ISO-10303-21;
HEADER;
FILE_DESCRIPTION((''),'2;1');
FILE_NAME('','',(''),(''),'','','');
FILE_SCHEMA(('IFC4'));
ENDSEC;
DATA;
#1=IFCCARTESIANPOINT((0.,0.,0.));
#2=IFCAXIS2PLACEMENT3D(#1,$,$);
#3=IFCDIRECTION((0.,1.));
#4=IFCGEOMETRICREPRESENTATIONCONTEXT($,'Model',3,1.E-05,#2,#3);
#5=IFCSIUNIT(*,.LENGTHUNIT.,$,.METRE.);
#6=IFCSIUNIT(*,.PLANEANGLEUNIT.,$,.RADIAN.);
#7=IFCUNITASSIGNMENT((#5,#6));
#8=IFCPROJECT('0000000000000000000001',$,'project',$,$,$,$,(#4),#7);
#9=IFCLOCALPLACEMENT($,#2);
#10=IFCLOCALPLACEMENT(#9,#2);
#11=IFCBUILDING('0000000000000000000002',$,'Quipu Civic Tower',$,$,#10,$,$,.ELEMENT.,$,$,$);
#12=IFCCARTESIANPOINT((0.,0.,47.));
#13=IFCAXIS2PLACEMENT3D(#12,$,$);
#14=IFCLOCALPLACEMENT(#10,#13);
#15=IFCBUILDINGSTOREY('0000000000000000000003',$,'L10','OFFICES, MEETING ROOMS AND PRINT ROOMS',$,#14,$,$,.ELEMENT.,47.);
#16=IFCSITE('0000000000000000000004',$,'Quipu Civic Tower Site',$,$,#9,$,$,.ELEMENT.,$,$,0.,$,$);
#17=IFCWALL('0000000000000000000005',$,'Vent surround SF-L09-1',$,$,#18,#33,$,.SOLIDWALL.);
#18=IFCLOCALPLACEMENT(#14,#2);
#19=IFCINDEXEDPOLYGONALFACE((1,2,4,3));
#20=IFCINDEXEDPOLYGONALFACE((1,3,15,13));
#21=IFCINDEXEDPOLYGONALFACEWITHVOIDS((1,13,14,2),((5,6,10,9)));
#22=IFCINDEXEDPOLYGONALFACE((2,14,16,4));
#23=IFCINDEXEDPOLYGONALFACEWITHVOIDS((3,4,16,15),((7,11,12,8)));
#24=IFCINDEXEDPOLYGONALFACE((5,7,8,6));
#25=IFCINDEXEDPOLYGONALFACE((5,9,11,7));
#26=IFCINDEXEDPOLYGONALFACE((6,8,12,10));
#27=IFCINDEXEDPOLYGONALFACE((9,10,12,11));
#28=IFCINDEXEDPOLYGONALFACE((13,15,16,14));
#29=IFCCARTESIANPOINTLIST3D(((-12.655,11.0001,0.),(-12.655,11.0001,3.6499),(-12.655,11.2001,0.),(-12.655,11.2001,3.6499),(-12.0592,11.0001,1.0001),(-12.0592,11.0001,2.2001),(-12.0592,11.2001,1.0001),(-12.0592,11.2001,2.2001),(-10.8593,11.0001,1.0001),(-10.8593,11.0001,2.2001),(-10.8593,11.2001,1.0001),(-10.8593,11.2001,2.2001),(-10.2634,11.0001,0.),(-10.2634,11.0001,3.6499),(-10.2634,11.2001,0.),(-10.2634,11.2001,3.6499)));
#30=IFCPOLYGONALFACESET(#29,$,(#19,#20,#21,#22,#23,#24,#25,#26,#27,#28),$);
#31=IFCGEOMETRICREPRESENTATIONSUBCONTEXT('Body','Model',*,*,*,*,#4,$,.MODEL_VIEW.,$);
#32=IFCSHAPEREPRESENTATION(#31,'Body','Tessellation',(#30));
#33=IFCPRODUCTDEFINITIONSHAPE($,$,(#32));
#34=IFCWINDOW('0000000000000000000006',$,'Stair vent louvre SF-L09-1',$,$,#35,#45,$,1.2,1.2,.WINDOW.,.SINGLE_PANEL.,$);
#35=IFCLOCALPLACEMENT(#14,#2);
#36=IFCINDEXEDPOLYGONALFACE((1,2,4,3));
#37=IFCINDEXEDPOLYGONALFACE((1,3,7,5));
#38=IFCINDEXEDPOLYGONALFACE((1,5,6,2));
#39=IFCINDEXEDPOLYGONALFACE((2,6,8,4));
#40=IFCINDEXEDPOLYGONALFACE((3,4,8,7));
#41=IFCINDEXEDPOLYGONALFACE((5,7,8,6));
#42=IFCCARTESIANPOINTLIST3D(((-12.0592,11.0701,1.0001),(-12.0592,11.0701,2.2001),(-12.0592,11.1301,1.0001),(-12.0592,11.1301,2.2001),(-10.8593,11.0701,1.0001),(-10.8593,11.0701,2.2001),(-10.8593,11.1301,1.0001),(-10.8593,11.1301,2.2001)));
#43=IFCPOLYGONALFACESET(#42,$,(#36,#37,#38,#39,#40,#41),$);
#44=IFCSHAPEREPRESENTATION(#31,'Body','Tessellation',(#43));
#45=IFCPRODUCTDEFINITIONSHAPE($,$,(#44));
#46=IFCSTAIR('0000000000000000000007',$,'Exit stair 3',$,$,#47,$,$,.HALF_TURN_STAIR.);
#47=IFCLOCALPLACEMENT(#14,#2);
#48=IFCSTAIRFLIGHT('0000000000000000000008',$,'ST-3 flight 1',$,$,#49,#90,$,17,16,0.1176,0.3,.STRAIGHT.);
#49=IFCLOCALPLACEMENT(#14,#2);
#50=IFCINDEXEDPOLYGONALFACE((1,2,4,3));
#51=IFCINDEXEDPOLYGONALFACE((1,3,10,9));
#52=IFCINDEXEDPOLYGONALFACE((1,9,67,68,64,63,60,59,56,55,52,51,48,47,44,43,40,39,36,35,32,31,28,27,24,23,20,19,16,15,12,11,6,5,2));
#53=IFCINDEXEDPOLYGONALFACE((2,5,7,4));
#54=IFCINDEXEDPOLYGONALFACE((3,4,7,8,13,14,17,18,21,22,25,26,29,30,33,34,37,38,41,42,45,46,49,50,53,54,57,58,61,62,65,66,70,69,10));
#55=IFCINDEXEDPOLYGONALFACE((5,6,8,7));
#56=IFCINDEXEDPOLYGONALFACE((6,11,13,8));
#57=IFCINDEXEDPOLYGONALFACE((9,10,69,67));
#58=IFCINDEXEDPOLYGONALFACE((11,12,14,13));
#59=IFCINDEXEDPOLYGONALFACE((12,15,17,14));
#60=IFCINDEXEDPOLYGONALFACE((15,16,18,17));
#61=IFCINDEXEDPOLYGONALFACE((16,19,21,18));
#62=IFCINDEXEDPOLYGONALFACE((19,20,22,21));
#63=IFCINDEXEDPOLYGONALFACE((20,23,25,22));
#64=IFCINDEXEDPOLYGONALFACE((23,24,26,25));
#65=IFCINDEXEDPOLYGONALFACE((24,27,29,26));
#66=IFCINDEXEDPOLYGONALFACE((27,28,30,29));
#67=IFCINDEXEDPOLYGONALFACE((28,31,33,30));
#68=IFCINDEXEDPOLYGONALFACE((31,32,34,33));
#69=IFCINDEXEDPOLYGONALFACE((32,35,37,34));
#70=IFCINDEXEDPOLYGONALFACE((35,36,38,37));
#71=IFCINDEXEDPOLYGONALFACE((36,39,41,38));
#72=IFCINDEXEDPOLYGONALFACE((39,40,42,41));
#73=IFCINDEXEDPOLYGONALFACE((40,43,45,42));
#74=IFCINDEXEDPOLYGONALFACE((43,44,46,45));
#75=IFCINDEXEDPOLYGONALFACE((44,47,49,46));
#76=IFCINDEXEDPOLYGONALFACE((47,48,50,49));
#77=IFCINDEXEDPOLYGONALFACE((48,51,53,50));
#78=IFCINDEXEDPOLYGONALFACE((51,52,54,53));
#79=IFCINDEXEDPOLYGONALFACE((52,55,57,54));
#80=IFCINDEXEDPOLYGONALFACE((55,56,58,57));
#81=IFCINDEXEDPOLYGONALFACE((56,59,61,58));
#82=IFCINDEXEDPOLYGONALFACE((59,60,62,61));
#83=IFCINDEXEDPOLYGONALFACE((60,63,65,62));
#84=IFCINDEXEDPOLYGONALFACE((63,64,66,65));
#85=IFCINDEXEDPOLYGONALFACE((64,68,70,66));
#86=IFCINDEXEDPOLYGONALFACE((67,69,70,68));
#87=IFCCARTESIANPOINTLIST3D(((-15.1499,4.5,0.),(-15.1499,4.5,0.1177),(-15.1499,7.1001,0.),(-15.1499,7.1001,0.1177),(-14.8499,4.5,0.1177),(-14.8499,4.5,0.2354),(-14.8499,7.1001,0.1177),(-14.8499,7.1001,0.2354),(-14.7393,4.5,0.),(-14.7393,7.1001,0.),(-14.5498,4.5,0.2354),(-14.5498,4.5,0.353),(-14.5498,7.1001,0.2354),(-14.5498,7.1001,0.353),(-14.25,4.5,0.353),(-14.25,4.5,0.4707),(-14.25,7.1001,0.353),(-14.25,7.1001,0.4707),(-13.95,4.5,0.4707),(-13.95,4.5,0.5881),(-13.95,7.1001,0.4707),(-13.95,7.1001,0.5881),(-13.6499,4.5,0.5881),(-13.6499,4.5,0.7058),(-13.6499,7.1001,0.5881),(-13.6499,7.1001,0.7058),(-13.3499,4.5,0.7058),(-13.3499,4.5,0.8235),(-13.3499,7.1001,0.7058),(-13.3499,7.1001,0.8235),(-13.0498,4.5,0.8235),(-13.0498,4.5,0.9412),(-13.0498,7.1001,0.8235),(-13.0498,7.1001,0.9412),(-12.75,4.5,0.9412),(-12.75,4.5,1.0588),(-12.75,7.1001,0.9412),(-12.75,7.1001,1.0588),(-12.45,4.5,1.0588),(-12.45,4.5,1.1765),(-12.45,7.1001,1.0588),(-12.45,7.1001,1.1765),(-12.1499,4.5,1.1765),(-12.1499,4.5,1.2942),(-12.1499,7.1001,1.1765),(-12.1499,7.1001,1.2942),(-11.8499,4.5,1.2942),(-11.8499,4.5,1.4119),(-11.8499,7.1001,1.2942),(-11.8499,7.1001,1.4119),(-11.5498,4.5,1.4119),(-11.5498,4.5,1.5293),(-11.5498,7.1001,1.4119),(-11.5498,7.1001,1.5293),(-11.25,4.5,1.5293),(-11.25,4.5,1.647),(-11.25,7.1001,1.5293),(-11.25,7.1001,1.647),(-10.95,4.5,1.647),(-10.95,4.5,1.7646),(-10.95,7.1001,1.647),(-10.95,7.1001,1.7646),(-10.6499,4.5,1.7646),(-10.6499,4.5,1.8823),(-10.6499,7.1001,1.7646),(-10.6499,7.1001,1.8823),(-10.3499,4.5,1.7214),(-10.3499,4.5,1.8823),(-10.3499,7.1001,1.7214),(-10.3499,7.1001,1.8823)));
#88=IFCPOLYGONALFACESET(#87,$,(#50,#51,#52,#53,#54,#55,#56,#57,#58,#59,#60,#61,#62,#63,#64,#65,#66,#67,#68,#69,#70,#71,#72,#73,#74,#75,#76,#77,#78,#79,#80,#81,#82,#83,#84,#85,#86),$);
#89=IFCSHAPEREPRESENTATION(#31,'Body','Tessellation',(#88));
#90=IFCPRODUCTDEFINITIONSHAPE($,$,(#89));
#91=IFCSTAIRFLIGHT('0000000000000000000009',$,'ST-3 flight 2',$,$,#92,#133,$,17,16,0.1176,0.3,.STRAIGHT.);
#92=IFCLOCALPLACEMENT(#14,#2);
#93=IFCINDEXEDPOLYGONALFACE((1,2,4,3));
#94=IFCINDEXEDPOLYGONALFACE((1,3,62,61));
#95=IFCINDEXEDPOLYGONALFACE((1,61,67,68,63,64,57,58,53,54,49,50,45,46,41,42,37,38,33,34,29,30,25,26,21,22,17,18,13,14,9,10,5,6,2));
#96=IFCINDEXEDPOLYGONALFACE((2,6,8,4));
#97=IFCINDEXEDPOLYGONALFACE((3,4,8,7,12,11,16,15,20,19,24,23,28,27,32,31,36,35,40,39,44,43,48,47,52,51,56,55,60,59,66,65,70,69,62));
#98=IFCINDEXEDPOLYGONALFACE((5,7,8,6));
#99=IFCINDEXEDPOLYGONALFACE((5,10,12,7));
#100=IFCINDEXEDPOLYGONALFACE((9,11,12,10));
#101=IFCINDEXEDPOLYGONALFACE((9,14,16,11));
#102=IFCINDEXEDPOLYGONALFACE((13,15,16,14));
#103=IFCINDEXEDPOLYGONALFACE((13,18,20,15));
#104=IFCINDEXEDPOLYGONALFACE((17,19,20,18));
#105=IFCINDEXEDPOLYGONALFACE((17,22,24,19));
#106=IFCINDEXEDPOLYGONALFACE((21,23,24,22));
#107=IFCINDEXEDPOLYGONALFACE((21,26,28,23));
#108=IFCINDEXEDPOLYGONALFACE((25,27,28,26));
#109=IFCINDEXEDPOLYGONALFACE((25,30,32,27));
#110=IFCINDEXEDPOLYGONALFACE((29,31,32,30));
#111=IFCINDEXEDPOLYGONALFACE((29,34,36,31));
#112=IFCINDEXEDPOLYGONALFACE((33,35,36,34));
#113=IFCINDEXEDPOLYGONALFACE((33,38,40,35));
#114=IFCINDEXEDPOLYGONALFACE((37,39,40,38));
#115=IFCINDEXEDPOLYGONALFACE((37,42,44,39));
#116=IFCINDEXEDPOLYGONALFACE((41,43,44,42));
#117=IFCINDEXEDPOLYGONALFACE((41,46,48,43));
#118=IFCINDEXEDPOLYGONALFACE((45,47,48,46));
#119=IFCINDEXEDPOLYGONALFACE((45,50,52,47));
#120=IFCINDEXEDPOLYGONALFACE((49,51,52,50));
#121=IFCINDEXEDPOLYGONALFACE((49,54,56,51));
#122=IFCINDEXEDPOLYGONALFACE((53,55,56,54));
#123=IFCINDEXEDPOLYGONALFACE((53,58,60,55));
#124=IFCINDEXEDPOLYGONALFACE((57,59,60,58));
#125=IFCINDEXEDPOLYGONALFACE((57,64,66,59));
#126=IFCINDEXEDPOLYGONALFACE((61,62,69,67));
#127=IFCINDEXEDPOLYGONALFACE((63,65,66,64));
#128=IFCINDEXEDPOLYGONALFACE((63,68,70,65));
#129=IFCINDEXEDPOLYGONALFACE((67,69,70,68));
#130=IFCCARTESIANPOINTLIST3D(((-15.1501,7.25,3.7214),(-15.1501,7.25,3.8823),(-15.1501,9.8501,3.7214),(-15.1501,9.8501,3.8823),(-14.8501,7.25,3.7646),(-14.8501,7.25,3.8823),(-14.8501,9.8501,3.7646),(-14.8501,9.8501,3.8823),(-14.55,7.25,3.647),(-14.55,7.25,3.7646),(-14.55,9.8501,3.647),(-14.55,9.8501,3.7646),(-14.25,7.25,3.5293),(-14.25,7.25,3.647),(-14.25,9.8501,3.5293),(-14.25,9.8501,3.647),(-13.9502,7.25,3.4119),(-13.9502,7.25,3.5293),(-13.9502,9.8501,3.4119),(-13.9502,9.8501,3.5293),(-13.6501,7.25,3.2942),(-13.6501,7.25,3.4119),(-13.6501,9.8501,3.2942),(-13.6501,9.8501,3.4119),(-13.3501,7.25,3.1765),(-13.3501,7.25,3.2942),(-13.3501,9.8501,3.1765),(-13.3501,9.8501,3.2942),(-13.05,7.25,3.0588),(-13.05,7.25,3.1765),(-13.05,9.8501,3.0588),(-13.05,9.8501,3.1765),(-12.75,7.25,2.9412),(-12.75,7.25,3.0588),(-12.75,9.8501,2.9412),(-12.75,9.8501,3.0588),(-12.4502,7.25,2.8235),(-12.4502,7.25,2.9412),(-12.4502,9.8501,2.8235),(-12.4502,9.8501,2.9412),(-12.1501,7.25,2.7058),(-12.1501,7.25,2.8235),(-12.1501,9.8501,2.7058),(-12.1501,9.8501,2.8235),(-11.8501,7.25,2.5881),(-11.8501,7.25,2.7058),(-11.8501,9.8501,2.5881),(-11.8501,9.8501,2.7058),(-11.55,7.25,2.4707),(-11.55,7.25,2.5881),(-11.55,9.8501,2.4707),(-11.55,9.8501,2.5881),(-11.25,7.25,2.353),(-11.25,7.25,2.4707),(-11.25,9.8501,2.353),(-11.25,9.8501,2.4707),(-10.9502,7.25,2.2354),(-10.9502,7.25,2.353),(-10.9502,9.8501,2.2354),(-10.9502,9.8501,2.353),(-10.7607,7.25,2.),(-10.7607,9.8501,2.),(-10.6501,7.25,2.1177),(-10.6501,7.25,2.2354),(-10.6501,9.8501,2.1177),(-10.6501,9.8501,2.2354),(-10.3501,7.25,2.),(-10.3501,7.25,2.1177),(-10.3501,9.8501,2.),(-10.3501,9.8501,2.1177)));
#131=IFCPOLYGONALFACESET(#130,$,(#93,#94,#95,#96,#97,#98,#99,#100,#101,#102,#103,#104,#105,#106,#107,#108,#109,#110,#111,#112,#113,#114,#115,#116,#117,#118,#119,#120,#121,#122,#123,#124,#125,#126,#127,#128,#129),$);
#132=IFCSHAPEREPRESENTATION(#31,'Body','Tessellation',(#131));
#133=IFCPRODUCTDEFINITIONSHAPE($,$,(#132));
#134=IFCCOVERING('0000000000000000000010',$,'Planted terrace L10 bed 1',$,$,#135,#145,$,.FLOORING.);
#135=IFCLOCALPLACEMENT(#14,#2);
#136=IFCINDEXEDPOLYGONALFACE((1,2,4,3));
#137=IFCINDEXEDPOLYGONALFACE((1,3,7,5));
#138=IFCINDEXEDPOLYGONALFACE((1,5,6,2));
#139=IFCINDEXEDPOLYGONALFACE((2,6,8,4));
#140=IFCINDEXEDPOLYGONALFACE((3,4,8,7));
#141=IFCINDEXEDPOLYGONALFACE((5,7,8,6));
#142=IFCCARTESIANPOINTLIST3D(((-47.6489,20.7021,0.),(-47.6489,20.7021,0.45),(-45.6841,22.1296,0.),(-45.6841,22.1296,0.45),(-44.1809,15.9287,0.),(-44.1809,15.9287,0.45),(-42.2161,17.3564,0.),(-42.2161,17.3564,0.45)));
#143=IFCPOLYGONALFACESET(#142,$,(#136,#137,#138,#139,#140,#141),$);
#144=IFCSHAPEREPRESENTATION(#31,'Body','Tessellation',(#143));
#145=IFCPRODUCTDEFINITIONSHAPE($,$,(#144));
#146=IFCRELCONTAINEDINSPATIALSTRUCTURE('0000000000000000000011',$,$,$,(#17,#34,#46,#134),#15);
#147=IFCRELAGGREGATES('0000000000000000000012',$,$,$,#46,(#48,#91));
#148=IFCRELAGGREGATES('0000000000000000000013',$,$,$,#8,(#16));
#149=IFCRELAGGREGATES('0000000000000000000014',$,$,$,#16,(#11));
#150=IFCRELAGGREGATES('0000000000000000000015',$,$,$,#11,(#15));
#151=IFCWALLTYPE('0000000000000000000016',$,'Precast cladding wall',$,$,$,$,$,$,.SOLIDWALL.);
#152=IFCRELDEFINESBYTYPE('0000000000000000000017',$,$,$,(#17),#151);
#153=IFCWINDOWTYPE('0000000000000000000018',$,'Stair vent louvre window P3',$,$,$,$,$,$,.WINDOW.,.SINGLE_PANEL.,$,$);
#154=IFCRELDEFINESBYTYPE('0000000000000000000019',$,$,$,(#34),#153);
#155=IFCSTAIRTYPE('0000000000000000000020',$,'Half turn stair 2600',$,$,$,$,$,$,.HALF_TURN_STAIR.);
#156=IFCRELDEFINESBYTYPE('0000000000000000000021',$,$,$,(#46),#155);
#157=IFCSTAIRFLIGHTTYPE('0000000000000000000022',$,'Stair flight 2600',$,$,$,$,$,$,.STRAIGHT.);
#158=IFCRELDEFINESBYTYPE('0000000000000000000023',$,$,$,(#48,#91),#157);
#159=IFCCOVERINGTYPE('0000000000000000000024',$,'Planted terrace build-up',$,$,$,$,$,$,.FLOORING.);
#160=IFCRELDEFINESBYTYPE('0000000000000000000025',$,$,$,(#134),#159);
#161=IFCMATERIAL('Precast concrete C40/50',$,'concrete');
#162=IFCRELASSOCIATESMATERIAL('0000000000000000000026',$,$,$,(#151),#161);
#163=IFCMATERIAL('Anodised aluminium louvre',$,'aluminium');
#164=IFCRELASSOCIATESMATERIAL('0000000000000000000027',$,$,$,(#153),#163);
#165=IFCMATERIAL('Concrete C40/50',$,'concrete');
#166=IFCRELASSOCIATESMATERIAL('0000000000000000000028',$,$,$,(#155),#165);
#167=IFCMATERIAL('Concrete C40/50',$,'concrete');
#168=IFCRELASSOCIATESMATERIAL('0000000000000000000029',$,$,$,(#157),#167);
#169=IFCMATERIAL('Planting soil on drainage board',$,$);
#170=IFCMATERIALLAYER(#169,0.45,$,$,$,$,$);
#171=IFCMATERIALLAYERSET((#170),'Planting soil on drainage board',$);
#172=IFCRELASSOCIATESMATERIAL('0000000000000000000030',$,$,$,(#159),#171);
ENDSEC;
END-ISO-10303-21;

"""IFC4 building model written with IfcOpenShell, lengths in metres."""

from ifc_helpers import new_model, si_unit, direction, frame, frame_2d, origin, place, context, subcontext, project, spatial, polyline, rectangle, outline, extrude, material, layer, layer_set, type_object, element, fill, aggregate, save


model = new_model("IFC4")

# Units and contexts
model_context = context("Model", 3, precision=1e-05, world=origin(), true_north=direction((0.0, 1.0)))
body_context = subcontext(model_context, "Body", "Model", "MODEL_VIEW")
ifc_project = project(units=[si_unit("LENGTHUNIT", "METRE"), si_unit("PLANEANGLEUNIT", "RADIAN")], contexts=[model_context])

# Site, building, storey
site_placement = place(None, origin())
site = spatial("IfcSite", under=ifc_project, at=site_placement, Name="Quipu Civic Tower Site", CompositionType="ELEMENT", RefElevation=0.0)
building_placement = place(site_placement, origin())
building = spatial("IfcBuilding", under=site, at=building_placement, Name="Quipu Civic Tower", CompositionType="ELEMENT")
storey_placement = place(building_placement, frame((0.0, 0.0, 47.0)))
storey = spatial("IfcBuildingStorey", under=building, at=storey_placement, Name="L10", Description="OFFICES, MEETING ROOMS AND PRINT ROOMS", CompositionType="ELEMENT", Elevation=47.0)

# Wall, opening, window
ifc_material_1 = material(Name="Precast concrete C40/50", Category="concrete")
wall_type_1 = type_object("IfcWallType", Name="Precast cladding wall", PredefinedType="SOLIDWALL", material=ifc_material_1)
wall_1_placement = place(storey_placement, frame((-10.2634, 11.1001, 0.0), z_axis=(0.0, 0.0, 1.0), x_axis=(-1.0, 0.0, 0.0)))
wall_1 = element("IfcWall", 1, at=wall_1_placement, inside=storey, type_object=wall_type_1, Name="Vent surround SF-L09-1", PredefinedType="SOLIDWALL", context=body_context, shape_type="SweptSolid", body=[
    extrude(rectangle(XDim=2.3916, YDim=0.2, at=frame_2d((1.1958, 0.0))), origin(), (0.0, 0.0, 1.0), 3.6499),
])
opening_1_placement = place(wall_1_placement, frame((0.5957, 0.0, 1.0)))
opening_1 = element("IfcOpeningElement", 2, at=opening_1_placement, cuts=wall_1, PredefinedType="OPENING", context=body_context, shape_type="SweptSolid", body=[
    extrude(rectangle(XDim=1.2, YDim=1.2, at=frame_2d((0.6001, 0.6001))), frame((0.0, 0.1099, 0.0), z_axis=(0.0, -1.0, 0.0), x_axis=(1.0, 0.0, 0.0)), (0.0, 0.0, 1.0), 0.22),
])
ifc_material_2 = material(Name="Anodised aluminium louvre", Category="aluminium")
window_type = type_object("IfcWindowType", Name="Stair vent louvre window P3", PartitioningType="SINGLE_PANEL", PredefinedType="WINDOW", material=ifc_material_2)
window_placement = place(opening_1_placement, origin())
window = element("IfcWindow", 3, at=window_placement, inside=storey, type_object=window_type, Name="Stair vent louvre SF-L09-1", OverallHeight=1.2, OverallWidth=1.2, PartitioningType="SINGLE_PANEL", PredefinedType="WINDOW", context=body_context, shape_type="SweptSolid", body=[
    extrude(rectangle(XDim=1.2, YDim=1.2, at=frame_2d((0.6001, 0.6001))), frame((0.0, 0.03, 0.0), z_axis=(0.0, -1.0, 0.0), x_axis=(1.0, 0.0, 0.0)), (0.0, 0.0, 1.0), 0.0601),
])
fill(opening_1, window)

# Stair, stair flights
ifc_material_3 = material(Name="Concrete C40/50", Category="concrete")
stair_type = type_object("IfcStairType", Name="Half turn stair 2600", PredefinedType="HALF_TURN_STAIR", material=ifc_material_3)
stair_placement = place(storey_placement, origin())
stair = element("IfcStair", 4, at=stair_placement, inside=storey, type_object=stair_type, Name="Exit stair 3", PredefinedType="HALF_TURN_STAIR")
ifc_material_4 = material(Name="Concrete C40/50", Category="concrete")
stair_flight_type = type_object("IfcStairFlightType", Name="Stair flight 2600", PredefinedType="STRAIGHT", material=ifc_material_4)
stair_flight_1_placement = place(storey_placement, frame((-15.1499, 5.8, 0.0), z_axis=(0.0, 0.0, 1.0), x_axis=(1.0, 0.0, 0.0)))
stair_flight_1 = element("IfcStairFlight", 5, at=stair_flight_1_placement, type_object=stair_flight_type, Name="ST-3 flight 1", NumberOfRisers=17, NumberOfTreads=16, PredefinedType="STRAIGHT", RiserHeight=0.1176, TreadLength=0.3, context=body_context, shape_type="SweptSolid", body=[
    extrude(outline(polyline([(0.0, 0.0), (0.0, 0.1177), (0.3, 0.1177), (0.3, 0.2354), (0.6001, 0.2354), (0.6001, 0.353), (0.8999, 0.353), (0.8999, 0.4707), (1.2, 0.4707), (1.2, 0.5881), (1.5, 0.5881), (1.5, 0.7058), (1.8, 0.7058), (1.8, 0.8235), (2.1001, 0.8235), (2.1001, 0.9412), (2.3999, 0.9412), (2.3999, 1.0588), (2.7, 1.0588), (2.7, 1.1765), (3.0, 1.1765), (3.0, 1.2942), (3.3, 1.2942), (3.3, 1.4119), (3.6001, 1.4119), (3.6001, 1.5293), (3.8999, 1.5293), (3.8999, 1.647), (4.2, 1.647), (4.2, 1.7646), (4.5, 1.7646), (4.5, 1.8823), (4.8, 1.8823), (4.8, 2.0), (4.8, 1.7214), (0.4106, 0.0), (0.0, 0.0)])), frame((0.0, 1.3, 0.0), z_axis=(0.0, -1.0, 0.0), x_axis=(1.0, 0.0, 0.0)), (0.0, 0.0, 1.0), 2.6001),
])
stair_flight_2_placement = place(storey_placement, frame((-10.3501, 8.55, 2.0), z_axis=(0.0, 0.0, 1.0), x_axis=(-1.0, 0.0, 0.0)))
stair_flight_2 = element("IfcStairFlight", 6, at=stair_flight_2_placement, type_object=stair_flight_type, Name="ST-3 flight 2", NumberOfRisers=17, NumberOfTreads=16, PredefinedType="STRAIGHT", RiserHeight=0.1176, TreadLength=0.3, context=body_context, shape_type="SweptSolid", body=[
    extrude(outline(polyline([(0.0, 0.0), (0.0, 0.1177), (0.3, 0.1177), (0.3, 0.2354), (0.6001, 0.2354), (0.6001, 0.353), (0.8999, 0.353), (0.8999, 0.4707), (1.2, 0.4707), (1.2, 0.5881), (1.5, 0.5881), (1.5, 0.7058), (1.8, 0.7058), (1.8, 0.8235), (2.1001, 0.8235), (2.1001, 0.9412), (2.3999, 0.9412), (2.3999, 1.0588), (2.7, 1.0588), (2.7, 1.1765), (3.0, 1.1765), (3.0, 1.2942), (3.3, 1.2942), (3.3, 1.4119), (3.6001, 1.4119), (3.6001, 1.5293), (3.8999, 1.5293), (3.8999, 1.647), (4.2, 1.647), (4.2, 1.7646), (4.5, 1.7646), (4.5, 1.8823), (4.8, 1.8823), (4.8, 2.0), (4.8, 1.7214), (0.4106, 0.0), (0.0, 0.0)])), frame((0.0, 1.3, 0.0), z_axis=(0.0, -1.0, 0.0), x_axis=(1.0, 0.0, 0.0)), (0.0, 0.0, 1.0), 2.6001),
])
aggregate(stair, [stair_flight_1, stair_flight_2])

# Covering
ifc_material_5 = material(Name="Planting soil on drainage board")
ifc_layer_1 = layer(ifc_material_5, 0.45)
ifc_layer_set_1 = layer_set([ifc_layer_1], Name="Planting soil on drainage board")
covering_type = type_object("IfcCoveringType", Name="Planted terrace build-up", PredefinedType="FLOORING", material=ifc_layer_set_1)
covering_placement = place(storey_placement, origin())
element("IfcCovering", 7, at=covering_placement, inside=storey, type_object=covering_type, Name="Planted terrace L10 bed 1", PredefinedType="FLOORING", context=body_context, shape_type="SweptSolid", body=[
    extrude(outline(polyline([(-47.6489, 20.7021), (-45.6841, 22.1296), (-42.2161, 17.3564), (-44.1809, 15.9287), (-47.6489, 20.7021)])), origin(), (0.0, 0.0, 1.0), 0.45),
])

save(model, "model.ifc")
